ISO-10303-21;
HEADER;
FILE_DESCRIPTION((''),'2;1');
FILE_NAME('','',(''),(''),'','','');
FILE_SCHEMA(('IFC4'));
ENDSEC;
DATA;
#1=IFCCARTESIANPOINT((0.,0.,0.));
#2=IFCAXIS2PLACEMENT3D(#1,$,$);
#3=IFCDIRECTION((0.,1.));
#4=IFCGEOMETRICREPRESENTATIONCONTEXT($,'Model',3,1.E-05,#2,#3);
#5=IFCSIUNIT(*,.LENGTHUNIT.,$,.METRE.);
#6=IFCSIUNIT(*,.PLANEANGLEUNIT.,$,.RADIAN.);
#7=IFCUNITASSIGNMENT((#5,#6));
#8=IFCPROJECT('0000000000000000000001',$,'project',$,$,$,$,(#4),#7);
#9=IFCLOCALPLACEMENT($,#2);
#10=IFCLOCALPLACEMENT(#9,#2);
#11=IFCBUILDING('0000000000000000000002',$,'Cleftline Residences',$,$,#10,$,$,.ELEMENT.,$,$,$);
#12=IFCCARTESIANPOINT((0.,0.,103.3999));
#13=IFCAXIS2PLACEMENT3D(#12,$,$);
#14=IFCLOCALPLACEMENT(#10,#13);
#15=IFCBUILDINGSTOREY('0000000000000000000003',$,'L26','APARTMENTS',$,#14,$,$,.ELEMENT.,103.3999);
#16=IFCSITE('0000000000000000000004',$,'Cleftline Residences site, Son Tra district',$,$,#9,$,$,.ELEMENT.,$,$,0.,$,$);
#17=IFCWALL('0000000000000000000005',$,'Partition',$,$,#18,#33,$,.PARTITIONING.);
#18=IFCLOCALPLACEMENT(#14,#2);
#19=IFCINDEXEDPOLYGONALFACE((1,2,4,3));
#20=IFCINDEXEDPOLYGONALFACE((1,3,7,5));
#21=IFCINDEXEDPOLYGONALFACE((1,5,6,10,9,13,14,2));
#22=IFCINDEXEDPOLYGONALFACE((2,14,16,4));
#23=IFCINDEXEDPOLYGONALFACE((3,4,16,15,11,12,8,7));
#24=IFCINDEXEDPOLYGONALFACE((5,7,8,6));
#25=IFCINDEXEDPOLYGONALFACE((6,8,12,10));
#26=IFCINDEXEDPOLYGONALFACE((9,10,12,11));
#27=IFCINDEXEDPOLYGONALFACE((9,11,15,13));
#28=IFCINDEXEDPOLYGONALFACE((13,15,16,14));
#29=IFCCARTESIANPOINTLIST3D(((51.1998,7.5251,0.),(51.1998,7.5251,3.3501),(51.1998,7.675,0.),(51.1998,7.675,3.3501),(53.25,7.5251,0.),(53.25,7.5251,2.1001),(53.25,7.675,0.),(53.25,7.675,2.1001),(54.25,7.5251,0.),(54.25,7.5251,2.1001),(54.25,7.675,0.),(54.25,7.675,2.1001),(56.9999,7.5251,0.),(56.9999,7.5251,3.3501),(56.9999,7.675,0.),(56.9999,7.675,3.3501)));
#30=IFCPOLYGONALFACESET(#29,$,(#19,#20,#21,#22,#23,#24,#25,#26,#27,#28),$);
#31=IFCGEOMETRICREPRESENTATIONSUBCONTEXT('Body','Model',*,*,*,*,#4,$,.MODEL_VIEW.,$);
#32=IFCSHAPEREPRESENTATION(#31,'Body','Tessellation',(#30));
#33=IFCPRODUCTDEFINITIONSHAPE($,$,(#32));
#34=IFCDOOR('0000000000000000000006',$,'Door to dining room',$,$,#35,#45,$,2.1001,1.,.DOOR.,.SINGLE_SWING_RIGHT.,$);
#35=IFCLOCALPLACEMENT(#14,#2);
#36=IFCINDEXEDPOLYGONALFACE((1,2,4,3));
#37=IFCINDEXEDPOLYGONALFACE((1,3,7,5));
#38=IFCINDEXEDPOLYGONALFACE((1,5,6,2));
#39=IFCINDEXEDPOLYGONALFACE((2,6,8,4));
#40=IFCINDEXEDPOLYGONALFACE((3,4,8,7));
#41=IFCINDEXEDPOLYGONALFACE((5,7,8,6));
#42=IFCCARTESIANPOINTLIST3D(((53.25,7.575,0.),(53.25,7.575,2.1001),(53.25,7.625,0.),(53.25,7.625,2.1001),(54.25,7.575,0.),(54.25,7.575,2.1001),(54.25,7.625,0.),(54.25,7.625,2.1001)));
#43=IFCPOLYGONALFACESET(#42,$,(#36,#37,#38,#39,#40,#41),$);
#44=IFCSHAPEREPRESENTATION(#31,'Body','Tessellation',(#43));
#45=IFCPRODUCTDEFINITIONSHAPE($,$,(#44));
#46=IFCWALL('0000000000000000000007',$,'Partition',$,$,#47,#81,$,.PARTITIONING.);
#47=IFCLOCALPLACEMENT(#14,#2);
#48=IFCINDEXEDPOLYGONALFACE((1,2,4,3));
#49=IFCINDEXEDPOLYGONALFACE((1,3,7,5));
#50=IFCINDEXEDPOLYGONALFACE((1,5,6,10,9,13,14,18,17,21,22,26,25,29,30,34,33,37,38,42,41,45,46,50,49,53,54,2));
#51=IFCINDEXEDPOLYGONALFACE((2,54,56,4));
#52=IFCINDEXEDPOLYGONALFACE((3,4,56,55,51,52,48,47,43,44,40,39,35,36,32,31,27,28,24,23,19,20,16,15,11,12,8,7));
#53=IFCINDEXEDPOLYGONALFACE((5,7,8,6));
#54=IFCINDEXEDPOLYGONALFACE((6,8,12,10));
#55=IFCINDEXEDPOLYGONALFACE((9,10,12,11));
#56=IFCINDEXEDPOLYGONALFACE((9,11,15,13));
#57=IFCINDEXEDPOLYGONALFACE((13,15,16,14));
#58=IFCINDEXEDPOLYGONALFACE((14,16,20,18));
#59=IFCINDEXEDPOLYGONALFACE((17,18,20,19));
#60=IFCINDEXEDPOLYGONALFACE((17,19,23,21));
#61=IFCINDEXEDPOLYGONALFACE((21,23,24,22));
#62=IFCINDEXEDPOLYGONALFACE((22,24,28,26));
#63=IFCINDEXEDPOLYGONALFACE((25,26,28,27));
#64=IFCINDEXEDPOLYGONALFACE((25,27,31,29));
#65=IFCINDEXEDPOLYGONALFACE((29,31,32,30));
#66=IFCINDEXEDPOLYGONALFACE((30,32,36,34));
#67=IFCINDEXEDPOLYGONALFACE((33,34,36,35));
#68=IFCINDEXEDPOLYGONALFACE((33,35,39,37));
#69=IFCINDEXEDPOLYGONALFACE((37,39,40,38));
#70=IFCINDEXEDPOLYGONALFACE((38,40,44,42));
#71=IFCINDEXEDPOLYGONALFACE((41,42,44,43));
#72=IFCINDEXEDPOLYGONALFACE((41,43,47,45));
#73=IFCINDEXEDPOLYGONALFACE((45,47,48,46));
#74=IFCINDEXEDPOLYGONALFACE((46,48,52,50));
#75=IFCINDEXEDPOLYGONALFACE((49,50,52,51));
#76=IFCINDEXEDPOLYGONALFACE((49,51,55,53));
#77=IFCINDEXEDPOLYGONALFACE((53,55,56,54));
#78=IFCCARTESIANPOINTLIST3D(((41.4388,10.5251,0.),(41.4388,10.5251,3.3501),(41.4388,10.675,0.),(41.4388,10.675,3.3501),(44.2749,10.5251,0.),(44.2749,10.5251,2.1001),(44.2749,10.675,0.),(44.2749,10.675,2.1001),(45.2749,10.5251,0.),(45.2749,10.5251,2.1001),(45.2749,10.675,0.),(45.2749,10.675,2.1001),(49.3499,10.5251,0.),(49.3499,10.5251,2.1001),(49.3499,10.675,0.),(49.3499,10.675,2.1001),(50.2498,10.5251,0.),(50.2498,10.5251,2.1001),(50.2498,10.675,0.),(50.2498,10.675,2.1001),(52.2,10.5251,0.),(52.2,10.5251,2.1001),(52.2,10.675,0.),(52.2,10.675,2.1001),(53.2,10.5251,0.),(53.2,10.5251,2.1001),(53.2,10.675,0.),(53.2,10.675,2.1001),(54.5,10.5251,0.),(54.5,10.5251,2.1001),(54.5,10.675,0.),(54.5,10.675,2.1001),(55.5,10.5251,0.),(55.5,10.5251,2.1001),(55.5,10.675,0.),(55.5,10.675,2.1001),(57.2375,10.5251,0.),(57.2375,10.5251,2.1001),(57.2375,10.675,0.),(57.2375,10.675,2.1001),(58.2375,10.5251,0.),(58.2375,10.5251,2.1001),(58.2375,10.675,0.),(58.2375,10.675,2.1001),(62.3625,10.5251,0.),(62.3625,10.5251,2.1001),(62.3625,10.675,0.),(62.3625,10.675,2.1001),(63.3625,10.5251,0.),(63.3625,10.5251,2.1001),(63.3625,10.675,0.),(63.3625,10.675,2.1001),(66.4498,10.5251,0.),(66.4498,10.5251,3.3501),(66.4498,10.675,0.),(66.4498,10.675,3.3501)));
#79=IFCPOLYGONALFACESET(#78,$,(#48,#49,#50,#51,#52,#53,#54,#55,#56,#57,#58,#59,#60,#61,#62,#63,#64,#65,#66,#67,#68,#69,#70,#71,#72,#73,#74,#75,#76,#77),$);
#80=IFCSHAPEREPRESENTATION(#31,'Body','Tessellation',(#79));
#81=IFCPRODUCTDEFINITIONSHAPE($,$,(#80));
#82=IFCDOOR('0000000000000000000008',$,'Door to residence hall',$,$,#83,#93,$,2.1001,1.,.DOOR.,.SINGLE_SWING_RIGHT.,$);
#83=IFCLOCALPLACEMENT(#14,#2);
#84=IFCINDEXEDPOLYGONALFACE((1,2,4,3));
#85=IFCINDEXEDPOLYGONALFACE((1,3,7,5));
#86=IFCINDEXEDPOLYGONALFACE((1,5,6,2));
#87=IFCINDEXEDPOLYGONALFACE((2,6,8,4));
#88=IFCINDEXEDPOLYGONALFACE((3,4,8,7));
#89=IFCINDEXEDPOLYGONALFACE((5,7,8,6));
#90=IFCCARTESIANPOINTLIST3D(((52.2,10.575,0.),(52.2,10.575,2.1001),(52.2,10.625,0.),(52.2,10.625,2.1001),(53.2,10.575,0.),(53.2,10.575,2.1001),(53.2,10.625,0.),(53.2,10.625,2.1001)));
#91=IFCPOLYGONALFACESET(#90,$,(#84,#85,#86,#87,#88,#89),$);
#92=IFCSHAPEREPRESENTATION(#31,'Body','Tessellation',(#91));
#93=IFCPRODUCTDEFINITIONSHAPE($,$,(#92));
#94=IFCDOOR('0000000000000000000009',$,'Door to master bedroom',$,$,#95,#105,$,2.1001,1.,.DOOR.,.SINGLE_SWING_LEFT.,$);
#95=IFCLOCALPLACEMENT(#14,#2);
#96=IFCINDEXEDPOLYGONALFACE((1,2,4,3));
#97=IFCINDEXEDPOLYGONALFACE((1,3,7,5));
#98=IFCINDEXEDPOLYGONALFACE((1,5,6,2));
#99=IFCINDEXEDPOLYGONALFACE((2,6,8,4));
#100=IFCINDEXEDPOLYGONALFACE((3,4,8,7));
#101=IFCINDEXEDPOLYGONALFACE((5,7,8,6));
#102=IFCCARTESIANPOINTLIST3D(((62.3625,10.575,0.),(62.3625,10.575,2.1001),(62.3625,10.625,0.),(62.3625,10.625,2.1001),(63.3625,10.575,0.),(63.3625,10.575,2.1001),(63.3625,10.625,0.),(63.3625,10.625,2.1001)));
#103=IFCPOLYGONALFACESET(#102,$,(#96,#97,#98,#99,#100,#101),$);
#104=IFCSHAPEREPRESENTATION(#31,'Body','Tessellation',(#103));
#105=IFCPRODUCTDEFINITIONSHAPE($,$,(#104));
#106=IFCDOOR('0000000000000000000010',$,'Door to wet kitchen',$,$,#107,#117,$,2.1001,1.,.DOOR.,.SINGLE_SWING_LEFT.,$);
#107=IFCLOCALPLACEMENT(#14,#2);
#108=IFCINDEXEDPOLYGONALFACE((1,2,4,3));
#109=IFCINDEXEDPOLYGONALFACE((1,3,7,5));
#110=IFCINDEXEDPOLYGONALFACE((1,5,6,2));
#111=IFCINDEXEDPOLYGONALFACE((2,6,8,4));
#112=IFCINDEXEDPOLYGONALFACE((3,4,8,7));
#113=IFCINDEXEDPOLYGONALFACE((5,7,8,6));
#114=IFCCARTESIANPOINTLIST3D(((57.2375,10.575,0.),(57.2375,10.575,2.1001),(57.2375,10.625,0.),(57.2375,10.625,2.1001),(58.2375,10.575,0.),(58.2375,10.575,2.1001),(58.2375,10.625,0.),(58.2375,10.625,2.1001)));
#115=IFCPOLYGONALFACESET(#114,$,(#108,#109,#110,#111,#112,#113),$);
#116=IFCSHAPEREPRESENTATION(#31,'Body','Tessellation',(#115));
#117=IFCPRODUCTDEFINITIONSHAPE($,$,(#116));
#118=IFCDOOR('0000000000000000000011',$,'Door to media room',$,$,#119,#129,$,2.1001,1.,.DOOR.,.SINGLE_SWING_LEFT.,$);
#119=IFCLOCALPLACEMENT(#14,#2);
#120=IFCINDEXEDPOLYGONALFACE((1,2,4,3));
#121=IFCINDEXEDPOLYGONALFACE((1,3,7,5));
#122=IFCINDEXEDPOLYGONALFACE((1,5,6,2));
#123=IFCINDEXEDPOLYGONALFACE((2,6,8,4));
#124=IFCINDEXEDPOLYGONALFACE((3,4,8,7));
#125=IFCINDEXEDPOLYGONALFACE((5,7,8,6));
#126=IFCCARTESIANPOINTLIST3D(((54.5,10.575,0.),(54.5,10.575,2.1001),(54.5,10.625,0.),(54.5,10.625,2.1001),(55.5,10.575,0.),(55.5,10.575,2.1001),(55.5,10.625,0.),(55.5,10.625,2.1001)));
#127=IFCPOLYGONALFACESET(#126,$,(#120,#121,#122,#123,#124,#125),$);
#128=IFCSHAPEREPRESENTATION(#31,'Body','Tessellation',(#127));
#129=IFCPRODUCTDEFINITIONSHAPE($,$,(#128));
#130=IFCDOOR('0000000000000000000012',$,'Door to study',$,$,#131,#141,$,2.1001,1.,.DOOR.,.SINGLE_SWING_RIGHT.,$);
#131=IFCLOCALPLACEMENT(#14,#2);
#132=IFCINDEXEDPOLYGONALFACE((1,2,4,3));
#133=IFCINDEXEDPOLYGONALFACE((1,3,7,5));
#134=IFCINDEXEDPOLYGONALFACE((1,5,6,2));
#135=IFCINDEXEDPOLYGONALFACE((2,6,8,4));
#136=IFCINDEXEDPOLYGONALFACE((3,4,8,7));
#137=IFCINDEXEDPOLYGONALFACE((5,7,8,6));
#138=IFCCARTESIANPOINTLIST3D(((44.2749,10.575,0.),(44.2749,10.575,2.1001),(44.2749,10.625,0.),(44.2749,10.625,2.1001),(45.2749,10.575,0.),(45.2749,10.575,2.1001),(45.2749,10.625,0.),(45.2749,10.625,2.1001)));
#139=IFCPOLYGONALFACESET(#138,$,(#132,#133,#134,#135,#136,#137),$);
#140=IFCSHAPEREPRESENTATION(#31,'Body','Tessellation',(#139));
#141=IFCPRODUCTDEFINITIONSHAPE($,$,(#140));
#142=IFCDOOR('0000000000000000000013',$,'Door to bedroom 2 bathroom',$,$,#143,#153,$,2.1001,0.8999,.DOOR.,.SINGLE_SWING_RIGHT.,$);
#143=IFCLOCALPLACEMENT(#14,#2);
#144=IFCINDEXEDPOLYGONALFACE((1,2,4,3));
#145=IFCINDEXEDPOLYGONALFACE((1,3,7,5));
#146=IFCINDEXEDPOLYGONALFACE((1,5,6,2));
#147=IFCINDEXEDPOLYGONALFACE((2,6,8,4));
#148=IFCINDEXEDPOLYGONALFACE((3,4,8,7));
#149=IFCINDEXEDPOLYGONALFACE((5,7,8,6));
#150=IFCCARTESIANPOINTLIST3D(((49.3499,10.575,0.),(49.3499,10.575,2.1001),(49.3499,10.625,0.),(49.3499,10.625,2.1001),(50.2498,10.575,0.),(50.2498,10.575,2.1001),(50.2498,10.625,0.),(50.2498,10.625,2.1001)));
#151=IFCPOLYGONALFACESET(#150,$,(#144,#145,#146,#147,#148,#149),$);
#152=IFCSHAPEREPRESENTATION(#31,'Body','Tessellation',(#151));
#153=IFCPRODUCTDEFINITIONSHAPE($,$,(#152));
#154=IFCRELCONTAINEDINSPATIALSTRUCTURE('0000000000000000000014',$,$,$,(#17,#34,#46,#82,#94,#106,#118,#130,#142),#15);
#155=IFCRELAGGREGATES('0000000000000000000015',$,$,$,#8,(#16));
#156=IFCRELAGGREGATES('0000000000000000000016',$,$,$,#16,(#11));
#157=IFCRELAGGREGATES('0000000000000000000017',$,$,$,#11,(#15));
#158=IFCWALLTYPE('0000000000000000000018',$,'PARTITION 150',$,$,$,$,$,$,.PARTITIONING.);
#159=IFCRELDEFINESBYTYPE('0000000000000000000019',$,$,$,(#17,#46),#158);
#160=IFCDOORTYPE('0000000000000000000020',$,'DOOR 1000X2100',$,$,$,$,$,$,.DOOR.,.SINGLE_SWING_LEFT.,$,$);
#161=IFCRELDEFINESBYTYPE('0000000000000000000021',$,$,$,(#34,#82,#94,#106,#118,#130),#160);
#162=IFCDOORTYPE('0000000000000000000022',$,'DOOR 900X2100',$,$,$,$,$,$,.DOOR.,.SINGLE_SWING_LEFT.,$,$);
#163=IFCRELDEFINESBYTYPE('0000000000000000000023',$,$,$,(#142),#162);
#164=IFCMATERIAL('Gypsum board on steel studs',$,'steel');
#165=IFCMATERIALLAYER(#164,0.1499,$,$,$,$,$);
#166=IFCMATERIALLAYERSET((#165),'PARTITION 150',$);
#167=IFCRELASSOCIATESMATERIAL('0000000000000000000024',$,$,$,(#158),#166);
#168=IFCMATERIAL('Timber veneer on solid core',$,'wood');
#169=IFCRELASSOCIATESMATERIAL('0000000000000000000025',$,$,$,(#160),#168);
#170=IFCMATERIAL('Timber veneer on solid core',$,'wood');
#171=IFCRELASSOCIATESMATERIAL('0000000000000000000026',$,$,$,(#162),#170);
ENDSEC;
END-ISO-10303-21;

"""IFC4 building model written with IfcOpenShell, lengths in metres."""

from ifc_helpers import new_model, si_unit, direction, frame, frame_2d, origin, place, context, subcontext, project, spatial, rectangle, extrude, material, layer, layer_set, type_object, element, fill, save


model = new_model("IFC4")

# Units and contexts
model_context = context("Model", 3, precision=1e-05, world=origin(), true_north=direction((0.0, 1.0)))
body_context = subcontext(model_context, "Body", "Model", "MODEL_VIEW")
ifc_project = project(units=[si_unit("LENGTHUNIT", "METRE"), si_unit("PLANEANGLEUNIT", "RADIAN")], contexts=[model_context])

# Site, building, storey
site_placement = place(None, origin())
site = spatial("IfcSite", under=ifc_project, at=site_placement, Name="Cleftline Residences site, Son Tra district", CompositionType="ELEMENT", RefElevation=0.0)
building_placement = place(site_placement, origin())
building = spatial("IfcBuilding", under=site, at=building_placement, Name="Cleftline Residences", CompositionType="ELEMENT")
storey_placement = place(building_placement, frame((0.0, 0.0, 103.3999)))
storey = spatial("IfcBuildingStorey", under=building, at=storey_placement, Name="L26", Description="APARTMENTS", CompositionType="ELEMENT", Elevation=103.3999)

# Shared definitions
ifc_material_1 = material(Name="Gypsum board on steel studs", Category="steel")
ifc_layer_1 = layer(ifc_material_1, 0.1499)
ifc_layer_set_1 = layer_set([ifc_layer_1], Name="PARTITION 150")
wall_type = type_object("IfcWallType", Name="PARTITION 150", PredefinedType="PARTITIONING", material=ifc_layer_set_1)
ifc_material_2 = material(Name="Timber veneer on solid core", Category="wood")
door_type_1 = type_object("IfcDoorType", Name="DOOR 1000X2100", OperationType="SINGLE_SWING_LEFT", PredefinedType="DOOR", material=ifc_material_2)

# Wall, opening, door
wall_1_placement = place(storey_placement, frame((51.2, 7.6001, 0.0), z_axis=(0.0, 0.0, 1.0), x_axis=(1.0, 0.0, 0.0)))
wall_1 = element("IfcWall", 1, at=wall_1_placement, inside=storey, type_object=wall_type, Name="Partition", PredefinedType="PARTITIONING", context=body_context, shape_type="SweptSolid", body=[
    extrude(rectangle(XDim=5.8, YDim=0.1499, at=frame_2d((2.8999, 0.0))), origin(), (0.0, 0.0, 1.0), 3.3501),
])
opening_1_placement = place(wall_1_placement, frame((2.05, 0.0, 0.0)))
opening_1 = element("IfcOpeningElement", 2, at=opening_1_placement, cuts=wall_1, PredefinedType="OPENING", context=body_context, shape_type="SweptSolid", body=[
    extrude(rectangle(XDim=1.0, YDim=2.1001, at=frame_2d((0.5, 1.05))), frame((0.0, 0.085, 0.0), z_axis=(0.0, -1.0, 0.0), x_axis=(1.0, 0.0, 0.0)), (0.0, 0.0, 1.0), 0.1699),
])
door_1_placement = place(opening_1_placement, origin())
door_1 = element("IfcDoor", 3, at=door_1_placement, inside=storey, type_object=door_type_1, Name="Door to dining room", OperationType="SINGLE_SWING_RIGHT", OverallHeight=2.1001, OverallWidth=1.0, PredefinedType="DOOR", context=body_context, shape_type="SweptSolid", body=[
    extrude(rectangle(XDim=1.0, YDim=2.1001, at=frame_2d((0.5, 1.05))), frame((0.0, 0.0249, 0.0), z_axis=(0.0, -1.0, 0.0), x_axis=(1.0, 0.0, 0.0)), (0.0, 0.0, 1.0), 0.05),
])
fill(opening_1, door_1)

# Wall, openings, doors
wall_2_placement = place(storey_placement, frame((41.439, 10.6001, 0.0), z_axis=(0.0, 0.0, 1.0), x_axis=(1.0, 0.0, 0.0)))
wall_2 = element("IfcWall", 4, at=wall_2_placement, inside=storey, type_object=wall_type, Name="Partition", PredefinedType="PARTITIONING", context=body_context, shape_type="SweptSolid", body=[
    extrude(rectangle(XDim=25.011, YDim=0.1499, at=frame_2d((12.5054, 0.0))), origin(), (0.0, 0.0, 1.0), 3.3501),
])
opening_2_placement = place(wall_2_placement, frame((10.761, 0.0, 0.0)))
opening_2 = element("IfcOpeningElement", 5, at=opening_2_placement, cuts=wall_2, PredefinedType="OPENING", context=body_context, shape_type="SweptSolid", body=[
    extrude(rectangle(XDim=1.0, YDim=2.1001, at=frame_2d((0.5, 1.05))), frame((0.0, 0.085, 0.0), z_axis=(0.0, -1.0, 0.0), x_axis=(1.0, 0.0, 0.0)), (0.0, 0.0, 1.0), 0.1699),
])
opening_3_placement = place(wall_2_placement, frame((20.9236, 0.0, 0.0)))
opening_3 = element("IfcOpeningElement", 6, at=opening_3_placement, cuts=wall_2, PredefinedType="OPENING", context=body_context, shape_type="SweptSolid", body=[
    extrude(rectangle(XDim=1.0, YDim=2.1001, at=frame_2d((0.5, 1.05))), frame((0.0, 0.085, 0.0), z_axis=(0.0, -1.0, 0.0), x_axis=(1.0, 0.0, 0.0)), (0.0, 0.0, 1.0), 0.1699),
])
opening_4_placement = place(wall_2_placement, frame((15.7986, 0.0, 0.0)))
opening_4 = element("IfcOpeningElement", 7, at=opening_4_placement, cuts=wall_2, PredefinedType="OPENING", context=body_context, shape_type="SweptSolid", body=[
    extrude(rectangle(XDim=1.0, YDim=2.1001, at=frame_2d((0.5, 1.05))), frame((0.0, 0.085, 0.0), z_axis=(0.0, -1.0, 0.0), x_axis=(1.0, 0.0, 0.0)), (0.0, 0.0, 1.0), 0.1699),
])
opening_5_placement = place(wall_2_placement, frame((13.061, 0.0, 0.0)))
opening_5 = element("IfcOpeningElement", 8, at=opening_5_placement, cuts=wall_2, PredefinedType="OPENING", context=body_context, shape_type="SweptSolid", body=[
    extrude(rectangle(XDim=1.0, YDim=2.1001, at=frame_2d((0.5, 1.05))), frame((0.0, 0.085, 0.0), z_axis=(0.0, -1.0, 0.0), x_axis=(1.0, 0.0, 0.0)), (0.0, 0.0, 1.0), 0.1699),
])
opening_6_placement = place(wall_2_placement, frame((7.9109, 0.0, 0.0)))
opening_6 = element("IfcOpeningElement", 9, at=opening_6_placement, cuts=wall_2, PredefinedType="OPENING", context=body_context, shape_type="SweptSolid", body=[
    extrude(rectangle(XDim=0.8999, YDim=2.1001, at=frame_2d((0.45, 1.05))), frame((0.0, 0.085, 0.0), z_axis=(0.0, -1.0, 0.0), x_axis=(1.0, 0.0, 0.0)), (0.0, 0.0, 1.0), 0.1699),
])
opening_7_placement = place(wall_2_placement, frame((2.8359, 0.0, 0.0)))
opening_7 = element("IfcOpeningElement", 10, at=opening_7_placement, cuts=wall_2, PredefinedType="OPENING", context=body_context, shape_type="SweptSolid", body=[
    extrude(rectangle(XDim=1.0, YDim=2.1001, at=frame_2d((0.5, 1.05))), frame((0.0, 0.085, 0.0), z_axis=(0.0, -1.0, 0.0), x_axis=(1.0, 0.0, 0.0)), (0.0, 0.0, 1.0), 0.1699),
])
door_2_placement = place(opening_2_placement, origin())
door_2 = element("IfcDoor", 11, at=door_2_placement, inside=storey, type_object=door_type_1, Name="Door to residence hall", OperationType="SINGLE_SWING_RIGHT", OverallHeight=2.1001, OverallWidth=1.0, PredefinedType="DOOR", context=body_context, shape_type="SweptSolid", body=[
    extrude(rectangle(XDim=1.0, YDim=2.1001, at=frame_2d((0.5, 1.05))), frame((0.0, 0.0249, 0.0), z_axis=(0.0, -1.0, 0.0), x_axis=(1.0, 0.0, 0.0)), (0.0, 0.0, 1.0), 0.05),
])
fill(opening_2, door_2)
door_3_placement = place(opening_3_placement, origin())
door_3 = element("IfcDoor", 12, at=door_3_placement, inside=storey, type_object=door_type_1, Name="Door to master bedroom", OperationType="SINGLE_SWING_LEFT", OverallHeight=2.1001, OverallWidth=1.0, PredefinedType="DOOR", context=body_context, shape_type="SweptSolid", body=[
    extrude(rectangle(XDim=1.0, YDim=2.1001, at=frame_2d((0.5, 1.05))), frame((0.0, 0.0249, 0.0), z_axis=(0.0, -1.0, 0.0), x_axis=(1.0, 0.0, 0.0)), (0.0, 0.0, 1.0), 0.05),
])
fill(opening_3, door_3)
door_4_placement = place(opening_4_placement, origin())
door_4 = element("IfcDoor", 13, at=door_4_placement, inside=storey, type_object=door_type_1, Name="Door to wet kitchen", OperationType="SINGLE_SWING_LEFT", OverallHeight=2.1001, OverallWidth=1.0, PredefinedType="DOOR", context=body_context, shape_type="SweptSolid", body=[
    extrude(rectangle(XDim=1.0, YDim=2.1001, at=frame_2d((0.5, 1.05))), frame((0.0, 0.0249, 0.0), z_axis=(0.0, -1.0, 0.0), x_axis=(1.0, 0.0, 0.0)), (0.0, 0.0, 1.0), 0.05),
])
fill(opening_4, door_4)
door_5_placement = place(opening_5_placement, origin())
door_5 = element("IfcDoor", 14, at=door_5_placement, inside=storey, type_object=door_type_1, Name="Door to media room", OperationType="SINGLE_SWING_LEFT", OverallHeight=2.1001, OverallWidth=1.0, PredefinedType="DOOR", context=body_context, shape_type="SweptSolid", body=[
    extrude(rectangle(XDim=1.0, YDim=2.1001, at=frame_2d((0.5, 1.05))), frame((0.0, 0.0249, 0.0), z_axis=(0.0, -1.0, 0.0), x_axis=(1.0, 0.0, 0.0)), (0.0, 0.0, 1.0), 0.05),
])
fill(opening_5, door_5)
door_6_placement = place(opening_7_placement, origin())
door_6 = element("IfcDoor", 15, at=door_6_placement, inside=storey, type_object=door_type_1, Name="Door to study", OperationType="SINGLE_SWING_RIGHT", OverallHeight=2.1001, OverallWidth=1.0, PredefinedType="DOOR", context=body_context, shape_type="SweptSolid", body=[
    extrude(rectangle(XDim=1.0, YDim=2.1001, at=frame_2d((0.5, 1.05))), frame((0.0, 0.0249, 0.0), z_axis=(0.0, -1.0, 0.0), x_axis=(1.0, 0.0, 0.0)), (0.0, 0.0, 1.0), 0.05),
])
fill(opening_7, door_6)
ifc_material_3 = material(Name="Timber veneer on solid core", Category="wood")
door_type_2 = type_object("IfcDoorType", Name="DOOR 900X2100", OperationType="SINGLE_SWING_LEFT", PredefinedType="DOOR", material=ifc_material_3)
door_7_placement = place(opening_6_placement, origin())
door_7 = element("IfcDoor", 16, at=door_7_placement, inside=storey, type_object=door_type_2, Name="Door to bedroom 2 bathroom", OperationType="SINGLE_SWING_RIGHT", OverallHeight=2.1001, OverallWidth=0.8999, PredefinedType="DOOR", context=body_context, shape_type="SweptSolid", body=[
    extrude(rectangle(XDim=0.8999, YDim=2.1001, at=frame_2d((0.45, 1.05))), frame((0.0, 0.0249, 0.0), z_axis=(0.0, -1.0, 0.0), x_axis=(1.0, 0.0, 0.0)), (0.0, 0.0, 1.0), 0.05),
])
fill(opening_6, door_7)

save(model, "model.ifc")
